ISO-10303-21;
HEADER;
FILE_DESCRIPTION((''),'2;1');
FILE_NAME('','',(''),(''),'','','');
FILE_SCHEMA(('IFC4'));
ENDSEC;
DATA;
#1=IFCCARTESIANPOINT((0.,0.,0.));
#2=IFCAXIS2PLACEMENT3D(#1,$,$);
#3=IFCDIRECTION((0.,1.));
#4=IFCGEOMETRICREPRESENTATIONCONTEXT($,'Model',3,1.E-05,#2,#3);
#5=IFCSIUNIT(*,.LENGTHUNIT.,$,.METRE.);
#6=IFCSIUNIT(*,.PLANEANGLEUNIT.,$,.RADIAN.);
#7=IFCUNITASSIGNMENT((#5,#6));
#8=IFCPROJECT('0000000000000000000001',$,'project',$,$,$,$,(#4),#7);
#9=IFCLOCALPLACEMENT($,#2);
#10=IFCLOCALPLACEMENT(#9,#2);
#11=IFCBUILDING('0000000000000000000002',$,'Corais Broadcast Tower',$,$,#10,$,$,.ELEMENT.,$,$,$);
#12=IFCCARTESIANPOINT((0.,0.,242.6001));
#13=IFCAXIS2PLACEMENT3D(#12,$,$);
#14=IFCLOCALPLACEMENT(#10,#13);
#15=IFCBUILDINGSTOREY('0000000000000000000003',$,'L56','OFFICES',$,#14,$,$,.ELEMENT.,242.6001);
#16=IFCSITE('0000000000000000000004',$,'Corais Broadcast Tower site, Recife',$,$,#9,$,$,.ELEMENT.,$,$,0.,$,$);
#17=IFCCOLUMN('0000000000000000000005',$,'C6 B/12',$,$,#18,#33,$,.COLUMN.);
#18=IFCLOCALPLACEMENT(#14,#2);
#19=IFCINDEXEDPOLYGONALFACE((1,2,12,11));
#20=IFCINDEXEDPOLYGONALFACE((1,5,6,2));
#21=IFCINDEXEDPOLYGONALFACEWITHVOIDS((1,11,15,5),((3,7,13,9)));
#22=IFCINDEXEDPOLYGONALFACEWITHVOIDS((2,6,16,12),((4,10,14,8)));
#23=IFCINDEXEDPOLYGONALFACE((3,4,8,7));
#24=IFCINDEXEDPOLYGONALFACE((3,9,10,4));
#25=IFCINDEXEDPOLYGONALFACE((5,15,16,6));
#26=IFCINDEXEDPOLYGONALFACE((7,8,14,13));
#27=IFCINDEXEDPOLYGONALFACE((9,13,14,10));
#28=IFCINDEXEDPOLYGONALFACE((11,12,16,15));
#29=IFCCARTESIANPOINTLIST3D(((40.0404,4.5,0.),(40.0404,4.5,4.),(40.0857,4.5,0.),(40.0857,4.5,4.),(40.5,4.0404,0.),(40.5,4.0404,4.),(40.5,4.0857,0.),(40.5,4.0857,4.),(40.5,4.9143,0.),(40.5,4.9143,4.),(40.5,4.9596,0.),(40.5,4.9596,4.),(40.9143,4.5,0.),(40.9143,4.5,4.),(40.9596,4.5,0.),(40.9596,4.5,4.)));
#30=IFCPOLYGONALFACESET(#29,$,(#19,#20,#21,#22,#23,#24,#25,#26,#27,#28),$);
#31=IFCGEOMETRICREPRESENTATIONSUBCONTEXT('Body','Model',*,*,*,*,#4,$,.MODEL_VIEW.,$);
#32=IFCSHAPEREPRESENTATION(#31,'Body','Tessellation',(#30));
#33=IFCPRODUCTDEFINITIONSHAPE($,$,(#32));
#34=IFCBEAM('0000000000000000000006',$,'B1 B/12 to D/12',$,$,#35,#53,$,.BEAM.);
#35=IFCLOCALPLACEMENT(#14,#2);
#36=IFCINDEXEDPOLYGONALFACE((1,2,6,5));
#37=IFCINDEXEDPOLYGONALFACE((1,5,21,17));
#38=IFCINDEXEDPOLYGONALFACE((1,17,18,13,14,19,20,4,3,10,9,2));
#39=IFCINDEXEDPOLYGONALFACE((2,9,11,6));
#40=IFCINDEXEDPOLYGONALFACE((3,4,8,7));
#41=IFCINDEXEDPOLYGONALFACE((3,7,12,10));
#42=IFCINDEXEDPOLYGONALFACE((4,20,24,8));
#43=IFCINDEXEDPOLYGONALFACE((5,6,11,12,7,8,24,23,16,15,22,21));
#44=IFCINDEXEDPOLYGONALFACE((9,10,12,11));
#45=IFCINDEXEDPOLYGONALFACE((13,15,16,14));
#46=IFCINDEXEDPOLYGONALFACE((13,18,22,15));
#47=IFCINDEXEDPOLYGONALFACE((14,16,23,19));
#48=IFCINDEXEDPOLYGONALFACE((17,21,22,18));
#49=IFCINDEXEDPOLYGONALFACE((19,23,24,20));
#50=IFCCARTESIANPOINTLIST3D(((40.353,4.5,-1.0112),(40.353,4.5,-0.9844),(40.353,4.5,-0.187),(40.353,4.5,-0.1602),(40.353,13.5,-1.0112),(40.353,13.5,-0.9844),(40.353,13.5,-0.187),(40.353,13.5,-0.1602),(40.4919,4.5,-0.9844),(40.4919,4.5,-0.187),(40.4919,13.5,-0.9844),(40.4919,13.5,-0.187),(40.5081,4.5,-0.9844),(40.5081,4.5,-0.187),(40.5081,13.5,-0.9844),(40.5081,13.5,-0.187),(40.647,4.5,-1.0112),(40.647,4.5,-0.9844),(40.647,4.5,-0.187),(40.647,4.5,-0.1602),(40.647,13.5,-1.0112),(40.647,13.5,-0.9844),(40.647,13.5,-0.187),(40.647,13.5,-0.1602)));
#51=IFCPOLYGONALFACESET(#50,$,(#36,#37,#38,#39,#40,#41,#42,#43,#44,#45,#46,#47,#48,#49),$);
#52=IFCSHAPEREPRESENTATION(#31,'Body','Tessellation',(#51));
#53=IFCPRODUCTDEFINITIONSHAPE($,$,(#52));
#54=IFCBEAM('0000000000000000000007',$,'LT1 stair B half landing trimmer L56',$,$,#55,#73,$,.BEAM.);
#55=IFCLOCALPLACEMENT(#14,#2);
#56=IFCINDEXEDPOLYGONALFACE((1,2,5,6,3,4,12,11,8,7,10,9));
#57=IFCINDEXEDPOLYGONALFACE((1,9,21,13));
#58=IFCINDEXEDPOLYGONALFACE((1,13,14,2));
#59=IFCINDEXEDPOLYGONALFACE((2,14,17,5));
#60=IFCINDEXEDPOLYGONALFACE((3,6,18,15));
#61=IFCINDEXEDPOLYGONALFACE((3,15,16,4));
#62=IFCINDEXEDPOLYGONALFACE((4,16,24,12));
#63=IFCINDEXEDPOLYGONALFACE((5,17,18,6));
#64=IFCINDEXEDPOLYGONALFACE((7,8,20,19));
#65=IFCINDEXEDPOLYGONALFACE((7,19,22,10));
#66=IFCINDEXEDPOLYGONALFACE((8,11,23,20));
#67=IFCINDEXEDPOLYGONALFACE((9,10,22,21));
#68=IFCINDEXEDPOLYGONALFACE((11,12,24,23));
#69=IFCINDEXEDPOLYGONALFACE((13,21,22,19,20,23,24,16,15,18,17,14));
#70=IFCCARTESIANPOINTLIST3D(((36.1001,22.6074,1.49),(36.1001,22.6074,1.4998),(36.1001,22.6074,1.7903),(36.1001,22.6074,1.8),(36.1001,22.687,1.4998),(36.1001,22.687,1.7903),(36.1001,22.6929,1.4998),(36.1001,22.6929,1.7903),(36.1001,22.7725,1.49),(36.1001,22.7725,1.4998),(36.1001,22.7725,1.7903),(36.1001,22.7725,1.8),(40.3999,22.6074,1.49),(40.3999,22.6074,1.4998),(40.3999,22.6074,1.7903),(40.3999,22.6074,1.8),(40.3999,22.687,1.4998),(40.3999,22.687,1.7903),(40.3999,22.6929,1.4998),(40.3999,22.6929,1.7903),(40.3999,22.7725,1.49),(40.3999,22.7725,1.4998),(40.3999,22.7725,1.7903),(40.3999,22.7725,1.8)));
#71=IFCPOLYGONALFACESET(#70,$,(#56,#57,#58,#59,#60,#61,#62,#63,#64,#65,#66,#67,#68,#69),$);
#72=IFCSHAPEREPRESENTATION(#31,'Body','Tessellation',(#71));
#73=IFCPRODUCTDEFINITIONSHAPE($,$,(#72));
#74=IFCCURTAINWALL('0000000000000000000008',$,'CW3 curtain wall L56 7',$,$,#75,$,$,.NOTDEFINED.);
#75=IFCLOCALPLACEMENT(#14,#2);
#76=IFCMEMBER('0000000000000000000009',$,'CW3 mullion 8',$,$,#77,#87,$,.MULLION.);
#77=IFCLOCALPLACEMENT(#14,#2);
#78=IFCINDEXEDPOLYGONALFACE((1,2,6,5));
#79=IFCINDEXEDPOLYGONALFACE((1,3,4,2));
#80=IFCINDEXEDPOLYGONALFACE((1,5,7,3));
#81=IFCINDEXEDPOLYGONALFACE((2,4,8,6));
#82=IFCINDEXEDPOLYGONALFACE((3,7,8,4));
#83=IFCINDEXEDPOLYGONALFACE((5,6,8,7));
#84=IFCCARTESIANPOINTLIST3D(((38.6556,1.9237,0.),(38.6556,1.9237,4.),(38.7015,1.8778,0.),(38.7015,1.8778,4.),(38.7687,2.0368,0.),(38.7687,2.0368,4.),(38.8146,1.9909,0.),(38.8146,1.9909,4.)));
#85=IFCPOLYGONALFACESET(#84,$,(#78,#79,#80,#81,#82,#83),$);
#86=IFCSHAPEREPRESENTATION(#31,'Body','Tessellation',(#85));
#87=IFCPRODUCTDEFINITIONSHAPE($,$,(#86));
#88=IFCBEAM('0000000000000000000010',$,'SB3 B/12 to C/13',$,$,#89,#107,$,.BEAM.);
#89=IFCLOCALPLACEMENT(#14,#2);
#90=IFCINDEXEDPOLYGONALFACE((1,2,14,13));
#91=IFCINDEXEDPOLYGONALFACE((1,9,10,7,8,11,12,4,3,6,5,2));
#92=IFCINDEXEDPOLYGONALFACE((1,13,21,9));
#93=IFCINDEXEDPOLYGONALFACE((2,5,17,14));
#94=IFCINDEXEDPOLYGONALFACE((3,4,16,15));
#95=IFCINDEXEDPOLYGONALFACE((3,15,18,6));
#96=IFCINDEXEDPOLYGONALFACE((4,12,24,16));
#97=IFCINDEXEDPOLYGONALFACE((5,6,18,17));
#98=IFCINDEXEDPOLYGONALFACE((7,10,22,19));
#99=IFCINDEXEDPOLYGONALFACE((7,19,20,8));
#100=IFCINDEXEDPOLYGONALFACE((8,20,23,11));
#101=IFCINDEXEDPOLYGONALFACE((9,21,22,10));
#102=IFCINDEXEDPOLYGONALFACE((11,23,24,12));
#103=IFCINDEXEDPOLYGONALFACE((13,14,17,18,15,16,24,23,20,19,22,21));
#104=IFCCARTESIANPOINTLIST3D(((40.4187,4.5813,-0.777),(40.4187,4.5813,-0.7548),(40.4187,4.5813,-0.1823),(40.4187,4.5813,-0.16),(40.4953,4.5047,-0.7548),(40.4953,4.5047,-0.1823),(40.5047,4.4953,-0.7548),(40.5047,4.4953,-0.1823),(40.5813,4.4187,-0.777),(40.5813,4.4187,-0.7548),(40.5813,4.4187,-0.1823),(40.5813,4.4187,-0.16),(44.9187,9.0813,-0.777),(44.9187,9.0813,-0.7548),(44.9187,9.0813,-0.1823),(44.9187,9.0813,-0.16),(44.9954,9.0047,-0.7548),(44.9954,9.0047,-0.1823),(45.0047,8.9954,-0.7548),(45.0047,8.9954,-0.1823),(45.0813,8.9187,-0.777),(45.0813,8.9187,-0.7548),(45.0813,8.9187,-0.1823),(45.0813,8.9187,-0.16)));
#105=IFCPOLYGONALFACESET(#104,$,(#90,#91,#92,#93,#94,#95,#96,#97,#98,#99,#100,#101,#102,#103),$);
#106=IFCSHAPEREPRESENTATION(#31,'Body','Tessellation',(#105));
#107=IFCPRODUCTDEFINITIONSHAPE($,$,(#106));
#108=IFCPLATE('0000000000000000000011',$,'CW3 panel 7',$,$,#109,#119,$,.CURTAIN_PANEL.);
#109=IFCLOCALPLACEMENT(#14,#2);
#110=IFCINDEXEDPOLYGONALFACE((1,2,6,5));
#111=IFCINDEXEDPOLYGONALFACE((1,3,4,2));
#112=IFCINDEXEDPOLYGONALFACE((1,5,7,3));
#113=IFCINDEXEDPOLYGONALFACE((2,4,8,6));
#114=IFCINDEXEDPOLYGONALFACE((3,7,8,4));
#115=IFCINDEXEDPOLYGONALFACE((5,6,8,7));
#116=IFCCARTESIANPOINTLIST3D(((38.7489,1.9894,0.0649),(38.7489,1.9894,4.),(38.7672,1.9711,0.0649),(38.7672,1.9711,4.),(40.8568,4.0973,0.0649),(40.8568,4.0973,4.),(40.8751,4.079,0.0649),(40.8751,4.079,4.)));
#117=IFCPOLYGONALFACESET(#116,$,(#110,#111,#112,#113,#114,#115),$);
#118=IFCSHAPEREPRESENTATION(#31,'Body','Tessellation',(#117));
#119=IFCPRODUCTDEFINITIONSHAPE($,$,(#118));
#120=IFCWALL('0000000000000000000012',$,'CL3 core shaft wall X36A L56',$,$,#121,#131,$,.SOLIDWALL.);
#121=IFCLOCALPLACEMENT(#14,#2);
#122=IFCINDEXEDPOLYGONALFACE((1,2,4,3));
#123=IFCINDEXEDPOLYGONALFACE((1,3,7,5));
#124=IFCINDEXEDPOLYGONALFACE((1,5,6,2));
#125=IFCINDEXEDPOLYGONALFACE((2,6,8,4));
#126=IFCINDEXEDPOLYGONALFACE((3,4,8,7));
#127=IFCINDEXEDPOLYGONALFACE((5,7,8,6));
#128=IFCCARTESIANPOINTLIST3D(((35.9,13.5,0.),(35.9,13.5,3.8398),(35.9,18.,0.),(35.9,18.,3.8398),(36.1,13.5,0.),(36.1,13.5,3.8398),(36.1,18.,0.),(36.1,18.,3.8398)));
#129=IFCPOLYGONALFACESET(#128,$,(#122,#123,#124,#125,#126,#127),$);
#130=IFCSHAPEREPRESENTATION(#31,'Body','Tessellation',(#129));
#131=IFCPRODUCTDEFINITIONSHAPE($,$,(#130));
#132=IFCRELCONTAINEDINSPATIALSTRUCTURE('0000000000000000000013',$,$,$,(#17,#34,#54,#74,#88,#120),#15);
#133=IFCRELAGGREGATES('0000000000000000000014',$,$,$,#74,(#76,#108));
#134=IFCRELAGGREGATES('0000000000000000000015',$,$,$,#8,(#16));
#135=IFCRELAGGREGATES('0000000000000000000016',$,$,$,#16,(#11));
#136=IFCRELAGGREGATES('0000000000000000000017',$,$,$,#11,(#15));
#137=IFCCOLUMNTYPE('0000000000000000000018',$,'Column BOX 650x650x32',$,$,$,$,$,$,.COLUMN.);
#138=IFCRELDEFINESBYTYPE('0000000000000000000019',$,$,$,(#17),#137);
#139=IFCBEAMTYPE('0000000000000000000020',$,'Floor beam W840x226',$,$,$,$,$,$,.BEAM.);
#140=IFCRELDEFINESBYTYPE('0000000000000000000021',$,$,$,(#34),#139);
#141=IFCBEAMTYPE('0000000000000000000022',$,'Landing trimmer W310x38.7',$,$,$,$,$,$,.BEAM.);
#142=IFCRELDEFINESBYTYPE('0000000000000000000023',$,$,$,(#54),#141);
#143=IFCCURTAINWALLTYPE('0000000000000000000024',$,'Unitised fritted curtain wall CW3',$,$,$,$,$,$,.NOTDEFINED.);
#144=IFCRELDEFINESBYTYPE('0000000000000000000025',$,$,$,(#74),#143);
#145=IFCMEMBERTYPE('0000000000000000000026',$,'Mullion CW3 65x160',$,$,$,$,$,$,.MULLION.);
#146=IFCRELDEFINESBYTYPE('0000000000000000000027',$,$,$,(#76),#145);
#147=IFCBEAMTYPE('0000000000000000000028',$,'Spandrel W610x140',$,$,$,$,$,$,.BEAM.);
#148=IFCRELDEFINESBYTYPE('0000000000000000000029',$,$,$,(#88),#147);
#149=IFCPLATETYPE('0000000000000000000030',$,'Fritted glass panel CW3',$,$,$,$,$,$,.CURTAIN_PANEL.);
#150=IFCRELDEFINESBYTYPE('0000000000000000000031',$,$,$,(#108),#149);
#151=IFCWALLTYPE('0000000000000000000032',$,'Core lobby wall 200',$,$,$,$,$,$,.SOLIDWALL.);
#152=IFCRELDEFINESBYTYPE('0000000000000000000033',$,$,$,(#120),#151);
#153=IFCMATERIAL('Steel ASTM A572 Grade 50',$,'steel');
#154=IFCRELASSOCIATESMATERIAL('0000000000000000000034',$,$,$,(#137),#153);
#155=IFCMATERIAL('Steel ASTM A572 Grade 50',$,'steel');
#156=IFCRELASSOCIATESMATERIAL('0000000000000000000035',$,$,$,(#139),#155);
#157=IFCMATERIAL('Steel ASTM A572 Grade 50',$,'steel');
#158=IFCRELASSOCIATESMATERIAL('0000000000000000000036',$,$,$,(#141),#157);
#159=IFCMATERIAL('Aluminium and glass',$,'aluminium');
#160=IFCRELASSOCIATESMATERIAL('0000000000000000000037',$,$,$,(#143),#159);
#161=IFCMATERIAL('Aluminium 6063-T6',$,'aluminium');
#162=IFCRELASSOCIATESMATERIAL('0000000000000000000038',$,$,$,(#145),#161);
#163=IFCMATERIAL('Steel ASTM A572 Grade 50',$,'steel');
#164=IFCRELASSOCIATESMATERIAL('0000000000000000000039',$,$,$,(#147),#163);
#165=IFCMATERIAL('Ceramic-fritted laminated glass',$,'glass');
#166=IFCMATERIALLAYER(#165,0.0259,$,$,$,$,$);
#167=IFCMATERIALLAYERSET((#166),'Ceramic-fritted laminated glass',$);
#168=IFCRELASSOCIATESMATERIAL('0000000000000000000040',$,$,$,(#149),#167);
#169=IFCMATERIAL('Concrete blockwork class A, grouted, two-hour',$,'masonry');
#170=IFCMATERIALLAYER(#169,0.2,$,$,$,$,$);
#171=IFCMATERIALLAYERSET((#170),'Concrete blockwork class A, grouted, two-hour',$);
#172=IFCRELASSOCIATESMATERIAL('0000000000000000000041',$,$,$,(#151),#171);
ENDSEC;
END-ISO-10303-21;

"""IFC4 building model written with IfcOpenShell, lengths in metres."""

from ifc_helpers import new_model, si_unit, direction, frame, frame_2d, origin, origin_2d, place, context, subcontext, project, spatial, rectangle, hollow_rectangle, i_section, extrude, material, layer, layer_set, material_profile, profile_set, type_object, element, aggregate, save


model = new_model("IFC4")

# Units and contexts
model_context = context("Model", 3, precision=1e-05, world=origin(), true_north=direction((0.0, 1.0)))
body_context = subcontext(model_context, "Body", "Model", "MODEL_VIEW")
ifc_project = project(units=[si_unit("LENGTHUNIT", "METRE"), si_unit("PLANEANGLEUNIT", "RADIAN")], contexts=[model_context])

# Site, building, storey
site_placement = place(None, origin())
site = spatial("IfcSite", under=ifc_project, at=site_placement, Name="Corais Broadcast Tower site, Recife", CompositionType="ELEMENT", RefElevation=0.0)
building_placement = place(site_placement, origin())
building = spatial("IfcBuilding", under=site, at=building_placement, Name="Corais Broadcast Tower", CompositionType="ELEMENT")
storey_placement = place(building_placement, frame((0.0, 0.0, 242.6001)))
storey = spatial("IfcBuildingStorey", under=building, at=storey_placement, Name="L56", Description="OFFICES", CompositionType="ELEMENT", Elevation=242.6001)

# Column
ifc_material_1 = material(Name="Steel ASTM A572 Grade 50", Category="steel")
ifc_material_profile_1 = material_profile(ifc_material_1, hollow_rectangle(XDim=0.6499, YDim=0.6499, WallThickness=0.032, at=origin_2d()), Name="BOX 650x650x32")
ifc_profile_set_1 = profile_set([ifc_material_profile_1], Name="Steel ASTM A572 Grade 50")
column_type = type_object("IfcColumnType", Name="Column BOX 650x650x32", PredefinedType="COLUMN", material=ifc_profile_set_1)
column_placement = place(storey_placement, frame((40.5, 4.5, 0.0), z_axis=(0.0, 0.0, 1.0), x_axis=(0.707107, 0.707107, 0.0)))
element("IfcColumn", 1, at=column_placement, inside=storey, type_object=column_type, Name="C6 B/12", PredefinedType="COLUMN", context=body_context, shape_type="SweptSolid", body=[
    extrude(hollow_rectangle(XDim=0.6499, YDim=0.6499, WallThickness=0.032, at=origin_2d()), origin(), (0.0, 0.0, 1.0), 4.0),
])

# Beams
ifc_material_2 = material(Name="Steel ASTM A572 Grade 50", Category="steel")
ifc_material_profile_2 = material_profile(ifc_material_2, i_section(OverallWidth=0.2939, OverallDepth=0.8511, WebThickness=0.0161, FlangeThickness=0.0269, at=origin_2d()), Name="W840x226")
ifc_profile_set_2 = profile_set([ifc_material_profile_2], Name="Steel ASTM A572 Grade 50")
beam_type_1 = type_object("IfcBeamType", Name="Floor beam W840x226", PredefinedType="BEAM", material=ifc_profile_set_2)
beam_1_placement = place(storey_placement, frame((40.5, 4.5, -0.5857), z_axis=(0.0, 1.0, 0.0), x_axis=(-1.0, 0.0, 0.0)))
element("IfcBeam", 2, at=beam_1_placement, inside=storey, type_object=beam_type_1, Name="B1 B/12 to D/12", PredefinedType="BEAM", context=body_context, shape_type="SweptSolid", body=[
    extrude(i_section(OverallWidth=0.2939, OverallDepth=0.8511, WebThickness=0.0161, FlangeThickness=0.0269, at=origin_2d()), origin(), (0.0, 0.0, 1.0), 9.0),
])
ifc_material_3 = material(Name="Steel ASTM A572 Grade 50", Category="steel")
ifc_material_profile_3 = material_profile(ifc_material_3, i_section(OverallWidth=0.165, OverallDepth=0.3101, WebThickness=0.0059, FlangeThickness=0.0098, at=origin_2d()), Name="W310x38.7")
ifc_profile_set_3 = profile_set([ifc_material_profile_3], Name="Steel ASTM A572 Grade 50")
beam_type_2 = type_object("IfcBeamType", Name="Landing trimmer W310x38.7", PredefinedType="BEAM", material=ifc_profile_set_3)
beam_2_placement = place(storey_placement, frame((36.1001, 22.6899, 1.645), z_axis=(1.0, 0.0, 0.0), x_axis=(0.0, 1.0, 0.0)))
element("IfcBeam", 3, at=beam_2_placement, inside=storey, type_object=beam_type_2, Name="LT1 stair B half landing trimmer L56", PredefinedType="BEAM", context=body_context, shape_type="SweptSolid", body=[
    extrude(i_section(OverallWidth=0.165, OverallDepth=0.3101, WebThickness=0.0059, FlangeThickness=0.0098, at=origin_2d()), origin(), (0.0, 0.0, 1.0), 4.2998),
])

# Curtain wall, member
ifc_material_4 = material(Name="Aluminium and glass", Category="aluminium")
curtain_wall_type = type_object("IfcCurtainWallType", Name="Unitised fritted curtain wall CW3", PredefinedType="NOTDEFINED", material=ifc_material_4)
curtain_wall_placement = place(storey_placement, origin())
curtain_wall = element("IfcCurtainWall", 4, at=curtain_wall_placement, inside=storey, type_object=curtain_wall_type, Name="CW3 curtain wall L56 7", PredefinedType="NOTDEFINED")
ifc_material_5 = material(Name="Aluminium 6063-T6", Category="aluminium")
ifc_material_profile_4 = material_profile(ifc_material_5, rectangle(XDim=0.0649, YDim=0.1599, at=origin_2d()), Name="Mullion CW3 65x160")
ifc_profile_set_4 = profile_set([ifc_material_profile_4], Name="Aluminium 6063-T6")
member_type = type_object("IfcMemberType", Name="Mullion CW3 65x160", PredefinedType="MULLION", material=ifc_profile_set_4)
member_placement = place(storey_placement, frame((38.7351, 1.9573, 0.0), z_axis=(0.0, 0.0, 1.0), x_axis=(0.707107, -0.707107, 0.0)))
member = element("IfcMember", 5, at=member_placement, type_object=member_type, Name="CW3 mullion 8", PredefinedType="MULLION", context=body_context, shape_type="SweptSolid", body=[
    extrude(rectangle(XDim=0.0649, YDim=0.1599, at=origin_2d()), origin(), (0.0, 0.0, 1.0), 4.0),
])

# Beam
ifc_material_6 = material(Name="Steel ASTM A572 Grade 50", Category="steel")
ifc_material_profile_5 = material_profile(ifc_material_6, i_section(OverallWidth=0.23, OverallDepth=0.6169, WebThickness=0.0132, FlangeThickness=0.0222, at=origin_2d()), Name="W610x140")
ifc_profile_set_5 = profile_set([ifc_material_profile_5], Name="Steel ASTM A572 Grade 50")
beam_type_3 = type_object("IfcBeamType", Name="Spandrel W610x140", PredefinedType="BEAM", material=ifc_profile_set_5)
beam_3_placement = place(storey_placement, frame((40.5, 4.5, -0.4685), z_axis=(0.707107, 0.707107, 0.0), x_axis=(-0.707107, 0.707107, 0.0)))
element("IfcBeam", 6, at=beam_3_placement, inside=storey, type_object=beam_type_3, Name="SB3 B/12 to C/13", PredefinedType="BEAM", context=body_context, shape_type="SweptSolid", body=[
    extrude(i_section(OverallWidth=0.23, OverallDepth=0.6169, WebThickness=0.0132, FlangeThickness=0.0222, at=origin_2d()), origin(), (0.0, 0.0, 1.0), 6.364),
])

# Plate
ifc_material_7 = material(Name="Ceramic-fritted laminated glass", Category="glass")
ifc_layer_1 = layer(ifc_material_7, 0.0259)
ifc_layer_set_1 = layer_set([ifc_layer_1], Name="Ceramic-fritted laminated glass")
plate_type = type_object("IfcPlateType", Name="Fritted glass panel CW3", PredefinedType="CURTAIN_PANEL", material=ifc_layer_set_1)
plate_placement = place(storey_placement, frame((39.812, 3.0342, 0.0649), z_axis=(0.0, 0.0, 1.0), x_axis=(-0.707107, -0.707107, 0.0)))
plate = element("IfcPlate", 7, at=plate_placement, type_object=plate_type, Name="CW3 panel 7", PredefinedType="CURTAIN_PANEL", context=body_context, shape_type="SweptSolid", body=[
    extrude(rectangle(XDim=2.981, YDim=0.0259, at=origin_2d()), origin(), (0.0, 0.0, 1.0), 3.9351),
])
aggregate(curtain_wall, [member, plate])

# Wall
ifc_material_8 = material(Name="Concrete blockwork class A, grouted, two-hour", Category="masonry")
ifc_layer_2 = layer(ifc_material_8, 0.2)
ifc_layer_set_2 = layer_set([ifc_layer_2], Name="Concrete blockwork class A, grouted, two-hour")
wall_type_1 = type_object("IfcWallType", Name="Core lobby wall 200", PredefinedType="SOLIDWALL", material=ifc_layer_set_2)
wall_1_placement = place(storey_placement, frame((36.0, 13.5, 0.0), z_axis=(0.0, 0.0, 1.0), x_axis=(0.0, 1.0, 0.0)))
element("IfcWall", 8, at=wall_1_placement, inside=storey, type_object=wall_type_1, Name="CL3 core shaft wall X36A L56", PredefinedType="SOLIDWALL", context=body_context, shape_type="SweptSolid", body=[
    extrude(rectangle(XDim=4.5, YDim=0.2, at=frame_2d((2.25, 0.0))), origin(), (0.0, 0.0, 1.0), 3.8398),
])

save(model, "model.ifc")
